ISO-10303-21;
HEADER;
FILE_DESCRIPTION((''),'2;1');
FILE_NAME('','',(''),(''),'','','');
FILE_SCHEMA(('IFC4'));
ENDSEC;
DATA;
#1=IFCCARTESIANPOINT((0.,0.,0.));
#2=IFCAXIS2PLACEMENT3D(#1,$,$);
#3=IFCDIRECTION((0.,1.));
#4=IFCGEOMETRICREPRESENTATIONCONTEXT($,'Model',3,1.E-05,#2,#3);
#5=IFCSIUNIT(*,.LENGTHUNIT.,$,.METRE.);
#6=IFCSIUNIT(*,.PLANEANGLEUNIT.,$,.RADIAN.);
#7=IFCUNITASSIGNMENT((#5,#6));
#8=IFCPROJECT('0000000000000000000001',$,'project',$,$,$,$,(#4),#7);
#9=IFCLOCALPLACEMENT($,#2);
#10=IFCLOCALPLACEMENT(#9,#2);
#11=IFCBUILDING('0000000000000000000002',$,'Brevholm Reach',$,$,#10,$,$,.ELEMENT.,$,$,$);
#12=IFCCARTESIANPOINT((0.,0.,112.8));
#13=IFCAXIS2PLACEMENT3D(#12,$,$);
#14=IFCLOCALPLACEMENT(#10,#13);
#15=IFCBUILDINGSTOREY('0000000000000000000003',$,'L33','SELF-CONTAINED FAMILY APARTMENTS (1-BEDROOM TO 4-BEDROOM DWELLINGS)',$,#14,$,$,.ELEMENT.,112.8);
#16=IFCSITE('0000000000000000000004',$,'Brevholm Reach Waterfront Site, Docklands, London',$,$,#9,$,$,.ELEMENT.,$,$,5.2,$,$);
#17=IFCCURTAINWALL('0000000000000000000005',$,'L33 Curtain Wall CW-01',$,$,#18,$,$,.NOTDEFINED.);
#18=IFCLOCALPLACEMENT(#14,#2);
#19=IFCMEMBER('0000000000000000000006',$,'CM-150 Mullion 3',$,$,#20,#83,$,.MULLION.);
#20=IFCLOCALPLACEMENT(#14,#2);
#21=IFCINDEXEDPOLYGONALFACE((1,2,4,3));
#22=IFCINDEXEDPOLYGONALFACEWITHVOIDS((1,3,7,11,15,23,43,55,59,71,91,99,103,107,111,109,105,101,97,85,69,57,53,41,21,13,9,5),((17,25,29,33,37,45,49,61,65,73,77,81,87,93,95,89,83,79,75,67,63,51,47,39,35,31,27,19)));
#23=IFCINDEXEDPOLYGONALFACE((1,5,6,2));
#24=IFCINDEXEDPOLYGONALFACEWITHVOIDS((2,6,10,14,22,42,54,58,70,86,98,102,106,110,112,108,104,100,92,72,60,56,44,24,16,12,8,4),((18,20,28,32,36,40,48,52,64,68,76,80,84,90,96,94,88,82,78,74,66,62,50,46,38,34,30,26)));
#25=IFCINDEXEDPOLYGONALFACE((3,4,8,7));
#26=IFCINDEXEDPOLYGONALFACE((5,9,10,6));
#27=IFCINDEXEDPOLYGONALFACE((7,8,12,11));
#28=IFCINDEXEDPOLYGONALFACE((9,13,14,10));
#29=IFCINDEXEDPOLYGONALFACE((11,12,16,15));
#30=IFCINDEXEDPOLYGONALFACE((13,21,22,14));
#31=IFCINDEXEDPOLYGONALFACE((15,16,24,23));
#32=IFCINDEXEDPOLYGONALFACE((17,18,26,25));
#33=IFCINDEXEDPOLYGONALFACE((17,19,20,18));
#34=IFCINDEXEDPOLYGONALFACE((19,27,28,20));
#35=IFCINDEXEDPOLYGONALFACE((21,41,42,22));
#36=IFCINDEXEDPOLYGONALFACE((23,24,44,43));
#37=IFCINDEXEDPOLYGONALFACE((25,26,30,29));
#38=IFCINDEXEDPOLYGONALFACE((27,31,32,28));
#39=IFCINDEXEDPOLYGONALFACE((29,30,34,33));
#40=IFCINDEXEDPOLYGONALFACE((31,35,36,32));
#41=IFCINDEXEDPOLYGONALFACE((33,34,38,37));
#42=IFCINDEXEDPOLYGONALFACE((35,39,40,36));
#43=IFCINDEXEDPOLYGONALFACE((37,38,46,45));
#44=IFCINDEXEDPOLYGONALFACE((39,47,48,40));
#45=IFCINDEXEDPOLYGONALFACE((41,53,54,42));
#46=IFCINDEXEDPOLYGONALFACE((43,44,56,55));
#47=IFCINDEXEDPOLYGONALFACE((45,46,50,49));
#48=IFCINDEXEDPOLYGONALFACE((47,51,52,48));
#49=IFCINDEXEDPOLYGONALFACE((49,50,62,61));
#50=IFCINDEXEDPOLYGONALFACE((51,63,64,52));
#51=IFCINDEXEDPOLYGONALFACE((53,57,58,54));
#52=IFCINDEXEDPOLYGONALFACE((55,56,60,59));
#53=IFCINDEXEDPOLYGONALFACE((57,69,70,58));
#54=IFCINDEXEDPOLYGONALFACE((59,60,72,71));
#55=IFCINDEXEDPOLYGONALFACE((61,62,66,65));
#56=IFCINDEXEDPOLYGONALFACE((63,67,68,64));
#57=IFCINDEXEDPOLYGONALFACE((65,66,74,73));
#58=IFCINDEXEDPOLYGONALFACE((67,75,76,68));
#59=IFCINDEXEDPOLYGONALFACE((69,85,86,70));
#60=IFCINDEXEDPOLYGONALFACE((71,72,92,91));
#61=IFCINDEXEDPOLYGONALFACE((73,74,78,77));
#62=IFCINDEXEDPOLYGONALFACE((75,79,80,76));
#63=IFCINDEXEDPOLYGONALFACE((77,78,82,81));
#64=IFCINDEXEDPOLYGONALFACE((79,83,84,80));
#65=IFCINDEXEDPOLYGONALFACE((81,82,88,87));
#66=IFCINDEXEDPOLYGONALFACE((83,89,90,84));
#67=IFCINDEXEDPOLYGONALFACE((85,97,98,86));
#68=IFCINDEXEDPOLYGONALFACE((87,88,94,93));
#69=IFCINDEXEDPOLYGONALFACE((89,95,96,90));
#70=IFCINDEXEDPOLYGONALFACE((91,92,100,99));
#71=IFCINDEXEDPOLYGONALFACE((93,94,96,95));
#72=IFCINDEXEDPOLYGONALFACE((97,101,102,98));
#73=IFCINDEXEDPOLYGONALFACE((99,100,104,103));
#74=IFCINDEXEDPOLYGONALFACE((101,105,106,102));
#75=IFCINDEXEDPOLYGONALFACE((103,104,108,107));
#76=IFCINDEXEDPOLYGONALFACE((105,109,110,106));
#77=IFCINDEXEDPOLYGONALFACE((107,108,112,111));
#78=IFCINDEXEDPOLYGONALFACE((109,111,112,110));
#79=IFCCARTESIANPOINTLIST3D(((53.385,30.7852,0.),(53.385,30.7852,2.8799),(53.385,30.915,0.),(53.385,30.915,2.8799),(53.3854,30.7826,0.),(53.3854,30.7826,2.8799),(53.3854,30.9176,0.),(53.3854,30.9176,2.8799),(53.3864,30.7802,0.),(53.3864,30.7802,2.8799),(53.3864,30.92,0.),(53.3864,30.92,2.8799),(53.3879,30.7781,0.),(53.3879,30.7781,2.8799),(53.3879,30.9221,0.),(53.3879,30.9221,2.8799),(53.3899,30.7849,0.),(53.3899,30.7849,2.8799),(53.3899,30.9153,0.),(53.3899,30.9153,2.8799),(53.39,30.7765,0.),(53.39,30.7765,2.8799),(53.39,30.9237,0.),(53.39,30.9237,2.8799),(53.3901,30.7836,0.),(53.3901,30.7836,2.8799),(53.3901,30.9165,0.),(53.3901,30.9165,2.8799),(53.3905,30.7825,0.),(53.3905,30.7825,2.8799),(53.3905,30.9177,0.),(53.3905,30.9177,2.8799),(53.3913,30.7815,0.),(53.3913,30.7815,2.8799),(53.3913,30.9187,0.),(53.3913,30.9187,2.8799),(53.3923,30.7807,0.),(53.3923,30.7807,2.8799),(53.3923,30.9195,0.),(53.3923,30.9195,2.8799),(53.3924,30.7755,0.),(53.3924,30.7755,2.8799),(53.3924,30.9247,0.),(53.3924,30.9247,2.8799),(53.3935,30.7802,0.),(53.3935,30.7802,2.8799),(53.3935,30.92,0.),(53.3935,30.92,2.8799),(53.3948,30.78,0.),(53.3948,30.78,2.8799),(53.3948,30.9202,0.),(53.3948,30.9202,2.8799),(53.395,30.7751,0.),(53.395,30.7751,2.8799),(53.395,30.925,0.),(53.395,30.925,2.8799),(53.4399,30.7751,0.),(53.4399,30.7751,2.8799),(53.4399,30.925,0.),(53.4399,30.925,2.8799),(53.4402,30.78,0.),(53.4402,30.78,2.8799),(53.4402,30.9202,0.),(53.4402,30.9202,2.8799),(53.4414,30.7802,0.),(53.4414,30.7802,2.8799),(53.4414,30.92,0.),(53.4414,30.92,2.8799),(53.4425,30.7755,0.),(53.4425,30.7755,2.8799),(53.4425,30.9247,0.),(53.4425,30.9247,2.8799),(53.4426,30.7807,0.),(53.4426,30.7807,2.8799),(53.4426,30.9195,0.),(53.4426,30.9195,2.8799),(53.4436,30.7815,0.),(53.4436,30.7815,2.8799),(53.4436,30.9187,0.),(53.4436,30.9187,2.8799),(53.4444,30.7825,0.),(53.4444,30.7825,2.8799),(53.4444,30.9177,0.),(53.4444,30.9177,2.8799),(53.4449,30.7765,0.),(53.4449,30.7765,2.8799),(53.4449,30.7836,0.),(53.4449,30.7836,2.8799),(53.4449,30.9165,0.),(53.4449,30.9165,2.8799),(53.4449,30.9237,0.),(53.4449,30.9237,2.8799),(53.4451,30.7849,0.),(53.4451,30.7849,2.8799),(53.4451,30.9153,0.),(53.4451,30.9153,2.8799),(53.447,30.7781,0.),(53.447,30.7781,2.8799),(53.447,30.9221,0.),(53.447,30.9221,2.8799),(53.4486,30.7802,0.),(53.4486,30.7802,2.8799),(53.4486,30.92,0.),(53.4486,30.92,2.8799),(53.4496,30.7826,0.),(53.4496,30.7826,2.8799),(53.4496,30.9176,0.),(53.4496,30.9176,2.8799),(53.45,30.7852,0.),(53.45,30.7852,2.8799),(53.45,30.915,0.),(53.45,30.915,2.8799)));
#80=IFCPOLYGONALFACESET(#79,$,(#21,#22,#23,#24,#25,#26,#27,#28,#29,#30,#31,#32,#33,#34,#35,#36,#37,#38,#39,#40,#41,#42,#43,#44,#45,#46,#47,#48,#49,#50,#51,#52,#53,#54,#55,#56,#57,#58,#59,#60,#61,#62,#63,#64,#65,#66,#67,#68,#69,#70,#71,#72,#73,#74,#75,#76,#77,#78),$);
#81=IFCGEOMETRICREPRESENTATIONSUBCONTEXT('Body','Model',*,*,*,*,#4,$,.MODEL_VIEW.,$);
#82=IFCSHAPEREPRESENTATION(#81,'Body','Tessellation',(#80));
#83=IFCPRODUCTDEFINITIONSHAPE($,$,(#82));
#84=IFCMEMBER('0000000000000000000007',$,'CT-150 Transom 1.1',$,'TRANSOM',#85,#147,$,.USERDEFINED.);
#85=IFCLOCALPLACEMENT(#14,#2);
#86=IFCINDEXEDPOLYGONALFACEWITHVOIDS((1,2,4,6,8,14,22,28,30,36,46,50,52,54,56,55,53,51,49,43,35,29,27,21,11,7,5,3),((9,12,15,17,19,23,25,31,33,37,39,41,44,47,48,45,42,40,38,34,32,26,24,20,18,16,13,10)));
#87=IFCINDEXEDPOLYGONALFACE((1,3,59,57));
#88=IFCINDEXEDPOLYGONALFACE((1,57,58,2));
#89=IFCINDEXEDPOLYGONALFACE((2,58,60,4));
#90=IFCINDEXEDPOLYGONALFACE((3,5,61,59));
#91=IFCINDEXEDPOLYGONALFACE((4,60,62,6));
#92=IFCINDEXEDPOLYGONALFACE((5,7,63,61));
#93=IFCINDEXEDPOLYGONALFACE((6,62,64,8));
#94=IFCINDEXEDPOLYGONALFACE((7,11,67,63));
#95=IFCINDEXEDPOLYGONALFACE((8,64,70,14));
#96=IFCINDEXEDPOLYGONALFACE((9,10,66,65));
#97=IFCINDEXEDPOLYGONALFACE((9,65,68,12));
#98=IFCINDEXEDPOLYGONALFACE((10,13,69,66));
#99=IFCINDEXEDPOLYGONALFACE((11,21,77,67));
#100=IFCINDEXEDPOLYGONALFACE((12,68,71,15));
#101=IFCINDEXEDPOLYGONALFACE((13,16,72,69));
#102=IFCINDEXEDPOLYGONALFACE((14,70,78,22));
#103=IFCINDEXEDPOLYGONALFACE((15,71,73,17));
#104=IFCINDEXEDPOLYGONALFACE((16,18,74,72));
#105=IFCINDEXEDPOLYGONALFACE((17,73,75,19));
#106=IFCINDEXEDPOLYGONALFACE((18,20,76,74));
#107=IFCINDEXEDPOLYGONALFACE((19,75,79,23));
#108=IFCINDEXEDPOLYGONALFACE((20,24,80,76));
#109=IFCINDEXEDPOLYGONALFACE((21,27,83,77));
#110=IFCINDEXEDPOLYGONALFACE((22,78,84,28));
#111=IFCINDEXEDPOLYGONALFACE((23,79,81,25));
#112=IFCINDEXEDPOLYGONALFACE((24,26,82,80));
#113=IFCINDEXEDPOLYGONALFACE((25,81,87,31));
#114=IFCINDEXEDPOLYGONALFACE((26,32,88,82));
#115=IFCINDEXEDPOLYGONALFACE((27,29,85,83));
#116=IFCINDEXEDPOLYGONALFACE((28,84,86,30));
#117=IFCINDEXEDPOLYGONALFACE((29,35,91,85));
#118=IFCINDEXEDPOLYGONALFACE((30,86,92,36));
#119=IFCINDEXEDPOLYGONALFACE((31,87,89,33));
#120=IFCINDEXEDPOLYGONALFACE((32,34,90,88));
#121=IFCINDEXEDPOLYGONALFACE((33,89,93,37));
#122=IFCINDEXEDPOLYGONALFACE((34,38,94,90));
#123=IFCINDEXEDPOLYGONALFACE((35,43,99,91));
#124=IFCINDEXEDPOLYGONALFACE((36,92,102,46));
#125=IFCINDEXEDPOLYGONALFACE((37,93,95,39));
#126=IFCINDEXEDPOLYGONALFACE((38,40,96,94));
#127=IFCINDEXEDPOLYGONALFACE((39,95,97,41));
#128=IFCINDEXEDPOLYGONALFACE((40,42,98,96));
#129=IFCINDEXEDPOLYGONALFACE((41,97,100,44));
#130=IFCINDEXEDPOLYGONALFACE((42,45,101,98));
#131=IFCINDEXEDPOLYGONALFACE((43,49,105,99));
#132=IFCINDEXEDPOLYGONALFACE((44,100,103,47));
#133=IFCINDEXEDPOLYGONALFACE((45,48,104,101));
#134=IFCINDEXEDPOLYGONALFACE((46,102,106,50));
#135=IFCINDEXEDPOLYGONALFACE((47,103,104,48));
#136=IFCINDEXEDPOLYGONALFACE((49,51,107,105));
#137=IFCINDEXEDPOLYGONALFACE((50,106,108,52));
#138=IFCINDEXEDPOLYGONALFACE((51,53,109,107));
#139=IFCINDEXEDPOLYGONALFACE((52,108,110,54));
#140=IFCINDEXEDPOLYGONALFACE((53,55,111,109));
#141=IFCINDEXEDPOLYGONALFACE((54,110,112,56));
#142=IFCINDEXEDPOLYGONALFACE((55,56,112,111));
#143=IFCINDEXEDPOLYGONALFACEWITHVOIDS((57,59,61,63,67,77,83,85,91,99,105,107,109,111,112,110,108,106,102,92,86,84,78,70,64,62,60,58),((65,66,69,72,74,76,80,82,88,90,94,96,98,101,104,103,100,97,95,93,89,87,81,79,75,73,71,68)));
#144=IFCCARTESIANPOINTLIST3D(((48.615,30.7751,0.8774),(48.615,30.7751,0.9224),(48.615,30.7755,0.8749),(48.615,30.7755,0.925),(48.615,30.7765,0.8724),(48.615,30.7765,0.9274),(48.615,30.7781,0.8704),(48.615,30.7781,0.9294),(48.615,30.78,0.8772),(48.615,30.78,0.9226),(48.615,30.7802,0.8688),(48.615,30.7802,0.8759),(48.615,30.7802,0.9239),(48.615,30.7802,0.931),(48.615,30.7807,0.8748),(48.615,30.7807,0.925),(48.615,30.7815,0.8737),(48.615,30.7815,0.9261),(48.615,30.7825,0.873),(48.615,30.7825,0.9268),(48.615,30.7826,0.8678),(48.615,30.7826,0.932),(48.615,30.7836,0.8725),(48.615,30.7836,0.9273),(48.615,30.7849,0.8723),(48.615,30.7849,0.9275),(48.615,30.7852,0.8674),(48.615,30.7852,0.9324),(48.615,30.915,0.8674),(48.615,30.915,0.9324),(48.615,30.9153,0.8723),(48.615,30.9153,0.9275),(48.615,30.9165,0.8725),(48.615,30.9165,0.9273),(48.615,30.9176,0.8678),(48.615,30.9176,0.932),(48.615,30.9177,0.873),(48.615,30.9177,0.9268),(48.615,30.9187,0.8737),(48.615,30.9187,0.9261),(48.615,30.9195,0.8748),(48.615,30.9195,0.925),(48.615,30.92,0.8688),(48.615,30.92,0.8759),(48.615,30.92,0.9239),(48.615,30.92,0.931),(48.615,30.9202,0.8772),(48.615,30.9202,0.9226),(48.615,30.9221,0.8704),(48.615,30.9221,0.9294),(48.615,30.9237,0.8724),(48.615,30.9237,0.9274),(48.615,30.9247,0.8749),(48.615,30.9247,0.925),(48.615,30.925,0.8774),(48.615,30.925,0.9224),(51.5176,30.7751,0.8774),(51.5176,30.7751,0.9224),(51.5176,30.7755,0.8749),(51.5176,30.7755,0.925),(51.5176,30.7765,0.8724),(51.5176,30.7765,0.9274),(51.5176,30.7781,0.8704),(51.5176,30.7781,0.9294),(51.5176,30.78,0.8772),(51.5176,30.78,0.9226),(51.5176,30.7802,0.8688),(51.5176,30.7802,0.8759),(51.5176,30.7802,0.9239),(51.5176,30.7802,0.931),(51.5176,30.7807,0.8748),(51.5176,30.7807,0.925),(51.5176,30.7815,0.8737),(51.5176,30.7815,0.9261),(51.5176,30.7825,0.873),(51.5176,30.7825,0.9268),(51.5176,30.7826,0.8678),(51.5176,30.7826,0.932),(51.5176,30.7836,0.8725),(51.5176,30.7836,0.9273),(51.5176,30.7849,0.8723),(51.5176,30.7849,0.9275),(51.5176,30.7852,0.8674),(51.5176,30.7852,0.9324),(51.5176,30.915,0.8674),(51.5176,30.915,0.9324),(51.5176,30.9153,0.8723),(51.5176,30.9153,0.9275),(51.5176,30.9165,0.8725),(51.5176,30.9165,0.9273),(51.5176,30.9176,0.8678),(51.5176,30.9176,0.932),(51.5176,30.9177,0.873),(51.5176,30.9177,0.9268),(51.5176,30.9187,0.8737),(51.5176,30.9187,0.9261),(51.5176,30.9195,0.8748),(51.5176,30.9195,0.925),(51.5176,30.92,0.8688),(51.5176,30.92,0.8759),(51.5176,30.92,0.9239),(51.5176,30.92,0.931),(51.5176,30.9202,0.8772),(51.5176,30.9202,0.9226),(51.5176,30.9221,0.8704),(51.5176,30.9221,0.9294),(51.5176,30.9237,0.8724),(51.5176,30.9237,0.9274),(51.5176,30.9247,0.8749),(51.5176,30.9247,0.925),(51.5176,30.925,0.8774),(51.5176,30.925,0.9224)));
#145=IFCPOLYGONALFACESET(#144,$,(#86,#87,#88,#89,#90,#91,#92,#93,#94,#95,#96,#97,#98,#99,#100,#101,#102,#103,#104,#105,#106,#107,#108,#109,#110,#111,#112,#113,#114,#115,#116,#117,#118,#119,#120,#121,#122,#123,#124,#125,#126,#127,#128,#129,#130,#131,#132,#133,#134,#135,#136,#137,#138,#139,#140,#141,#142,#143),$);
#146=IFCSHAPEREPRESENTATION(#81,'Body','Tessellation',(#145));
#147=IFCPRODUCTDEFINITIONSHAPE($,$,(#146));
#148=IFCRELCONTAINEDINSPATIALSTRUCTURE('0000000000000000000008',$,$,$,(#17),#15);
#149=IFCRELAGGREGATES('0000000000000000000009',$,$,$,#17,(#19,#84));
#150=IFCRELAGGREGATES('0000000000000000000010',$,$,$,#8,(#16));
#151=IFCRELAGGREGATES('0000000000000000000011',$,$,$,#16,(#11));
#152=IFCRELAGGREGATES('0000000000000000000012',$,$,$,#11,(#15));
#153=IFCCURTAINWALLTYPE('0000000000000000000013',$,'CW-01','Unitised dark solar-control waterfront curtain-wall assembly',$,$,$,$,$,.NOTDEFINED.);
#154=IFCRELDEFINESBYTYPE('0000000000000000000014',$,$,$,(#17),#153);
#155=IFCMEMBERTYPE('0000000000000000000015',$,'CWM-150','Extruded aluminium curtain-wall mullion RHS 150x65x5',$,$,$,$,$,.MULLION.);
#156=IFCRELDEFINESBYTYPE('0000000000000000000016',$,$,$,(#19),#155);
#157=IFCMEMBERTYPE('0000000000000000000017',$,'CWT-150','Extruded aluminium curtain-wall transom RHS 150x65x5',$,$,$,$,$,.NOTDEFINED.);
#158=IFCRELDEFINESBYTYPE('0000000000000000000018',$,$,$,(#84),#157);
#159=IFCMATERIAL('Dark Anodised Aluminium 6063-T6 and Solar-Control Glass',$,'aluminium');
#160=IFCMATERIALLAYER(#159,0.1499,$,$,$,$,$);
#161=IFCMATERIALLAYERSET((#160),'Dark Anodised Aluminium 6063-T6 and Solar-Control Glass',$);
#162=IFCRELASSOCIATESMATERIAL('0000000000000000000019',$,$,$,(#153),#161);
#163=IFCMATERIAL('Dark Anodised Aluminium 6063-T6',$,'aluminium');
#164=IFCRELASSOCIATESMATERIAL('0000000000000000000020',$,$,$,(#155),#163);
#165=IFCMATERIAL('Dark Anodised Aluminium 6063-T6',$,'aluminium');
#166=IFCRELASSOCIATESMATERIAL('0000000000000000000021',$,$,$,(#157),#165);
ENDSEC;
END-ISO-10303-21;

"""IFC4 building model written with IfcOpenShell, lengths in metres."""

from ifc_helpers import new_model, si_unit, direction, frame, origin, origin_2d, place, context, subcontext, project, spatial, hollow_rectangle, extrude, material, layer, layer_set, material_profile, profile_set, type_object, element, aggregate, save


model = new_model("IFC4")

# Units and contexts
model_context = context("Model", 3, precision=1e-05, world=origin(), true_north=direction((0.0, 1.0)))
body_context = subcontext(model_context, "Body", "Model", "MODEL_VIEW")
ifc_project = project(units=[si_unit("LENGTHUNIT", "METRE"), si_unit("PLANEANGLEUNIT", "RADIAN")], contexts=[model_context])

# Site, building, storey
site_placement = place(None, origin())
site = spatial("IfcSite", under=ifc_project, at=site_placement, Name="Brevholm Reach Waterfront Site, Docklands, London", CompositionType="ELEMENT", RefElevation=5.2)
building_placement = place(site_placement, origin())
building = spatial("IfcBuilding", under=site, at=building_placement, Name="Brevholm Reach", CompositionType="ELEMENT")
storey_placement = place(building_placement, frame((0.0, 0.0, 112.8)))
storey = spatial("IfcBuildingStorey", under=building, at=storey_placement, Name="L33", Description="SELF-CONTAINED FAMILY APARTMENTS (1-BEDROOM TO 4-BEDROOM DWELLINGS)", CompositionType="ELEMENT", Elevation=112.8)

# Curtain wall, members
ifc_material_1 = material(Name="Dark Anodised Aluminium 6063-T6 and Solar-Control Glass", Category="aluminium")
ifc_layer_1 = layer(ifc_material_1, 0.1499)
ifc_layer_set_1 = layer_set([ifc_layer_1], Name="Dark Anodised Aluminium 6063-T6 and Solar-Control Glass")
curtain_wall_type = type_object("IfcCurtainWallType", Name="CW-01", Description="Unitised dark solar-control waterfront curtain-wall assembly", PredefinedType="NOTDEFINED", material=ifc_layer_set_1)
curtain_wall_placement = place(storey_placement, origin())
curtain_wall = element("IfcCurtainWall", 1, at=curtain_wall_placement, inside=storey, type_object=curtain_wall_type, Name="L33 Curtain Wall CW-01", PredefinedType="NOTDEFINED")
ifc_material_2 = material(Name="Dark Anodised Aluminium 6063-T6", Category="aluminium")
ifc_material_profile_1 = material_profile(ifc_material_2, hollow_rectangle(XDim=0.0649, YDim=0.1499, WallThickness=0.0049, InnerFilletRadius=0.0049, OuterFilletRadius=0.01, at=origin_2d()), Name="RHS 150x65x5")
ifc_profile_set_1 = profile_set([ifc_material_profile_1], Name="Dark Anodised Aluminium 6063-T6")
member_type_1 = type_object("IfcMemberType", Name="CWM-150", Description="Extruded aluminium curtain-wall mullion RHS 150x65x5", PredefinedType="MULLION", material=ifc_profile_set_1)
member_1_placement = place(storey_placement, frame((53.4175, 30.8501, 0.0), z_axis=(0.0, 0.0, 1.0), x_axis=(1.0, 0.0, 0.0)))
member_1 = element("IfcMember", 2, at=member_1_placement, type_object=member_type_1, Name="CM-150 Mullion 3", PredefinedType="MULLION", context=body_context, shape_type="SweptSolid", body=[
    extrude(hollow_rectangle(XDim=0.0649, YDim=0.1499, WallThickness=0.0049, InnerFilletRadius=0.0049, OuterFilletRadius=0.01, at=origin_2d()), origin(), (0.0, 0.0, 1.0), 2.8799),
])
ifc_material_3 = material(Name="Dark Anodised Aluminium 6063-T6", Category="aluminium")
ifc_material_profile_2 = material_profile(ifc_material_3, hollow_rectangle(XDim=0.0649, YDim=0.1499, WallThickness=0.0049, InnerFilletRadius=0.0049, OuterFilletRadius=0.01, at=origin_2d()), Name="RHS 150x65x5")
ifc_profile_set_2 = profile_set([ifc_material_profile_2], Name="Dark Anodised Aluminium 6063-T6")
member_type_2 = type_object("IfcMemberType", Name="CWT-150", Description="Extruded aluminium curtain-wall transom RHS 150x65x5", PredefinedType="NOTDEFINED", material=ifc_profile_set_2)
member_2_placement = place(storey_placement, frame((48.615, 30.8501, 0.8999), z_axis=(1.0, 0.0, 0.0), x_axis=(0.0, 0.0, 1.0)))
member_2 = element("IfcMember", 3, at=member_2_placement, type_object=member_type_2, Name="CT-150 Transom 1.1", ObjectType="TRANSOM", PredefinedType="USERDEFINED", context=body_context, shape_type="SweptSolid", body=[
    extrude(hollow_rectangle(XDim=0.0649, YDim=0.1499, WallThickness=0.0049, InnerFilletRadius=0.0049, OuterFilletRadius=0.01, at=origin_2d()), origin(), (0.0, 0.0, 1.0), 2.9026),
])
aggregate(curtain_wall, [member_1, member_2])

save(model, "model.ifc")
